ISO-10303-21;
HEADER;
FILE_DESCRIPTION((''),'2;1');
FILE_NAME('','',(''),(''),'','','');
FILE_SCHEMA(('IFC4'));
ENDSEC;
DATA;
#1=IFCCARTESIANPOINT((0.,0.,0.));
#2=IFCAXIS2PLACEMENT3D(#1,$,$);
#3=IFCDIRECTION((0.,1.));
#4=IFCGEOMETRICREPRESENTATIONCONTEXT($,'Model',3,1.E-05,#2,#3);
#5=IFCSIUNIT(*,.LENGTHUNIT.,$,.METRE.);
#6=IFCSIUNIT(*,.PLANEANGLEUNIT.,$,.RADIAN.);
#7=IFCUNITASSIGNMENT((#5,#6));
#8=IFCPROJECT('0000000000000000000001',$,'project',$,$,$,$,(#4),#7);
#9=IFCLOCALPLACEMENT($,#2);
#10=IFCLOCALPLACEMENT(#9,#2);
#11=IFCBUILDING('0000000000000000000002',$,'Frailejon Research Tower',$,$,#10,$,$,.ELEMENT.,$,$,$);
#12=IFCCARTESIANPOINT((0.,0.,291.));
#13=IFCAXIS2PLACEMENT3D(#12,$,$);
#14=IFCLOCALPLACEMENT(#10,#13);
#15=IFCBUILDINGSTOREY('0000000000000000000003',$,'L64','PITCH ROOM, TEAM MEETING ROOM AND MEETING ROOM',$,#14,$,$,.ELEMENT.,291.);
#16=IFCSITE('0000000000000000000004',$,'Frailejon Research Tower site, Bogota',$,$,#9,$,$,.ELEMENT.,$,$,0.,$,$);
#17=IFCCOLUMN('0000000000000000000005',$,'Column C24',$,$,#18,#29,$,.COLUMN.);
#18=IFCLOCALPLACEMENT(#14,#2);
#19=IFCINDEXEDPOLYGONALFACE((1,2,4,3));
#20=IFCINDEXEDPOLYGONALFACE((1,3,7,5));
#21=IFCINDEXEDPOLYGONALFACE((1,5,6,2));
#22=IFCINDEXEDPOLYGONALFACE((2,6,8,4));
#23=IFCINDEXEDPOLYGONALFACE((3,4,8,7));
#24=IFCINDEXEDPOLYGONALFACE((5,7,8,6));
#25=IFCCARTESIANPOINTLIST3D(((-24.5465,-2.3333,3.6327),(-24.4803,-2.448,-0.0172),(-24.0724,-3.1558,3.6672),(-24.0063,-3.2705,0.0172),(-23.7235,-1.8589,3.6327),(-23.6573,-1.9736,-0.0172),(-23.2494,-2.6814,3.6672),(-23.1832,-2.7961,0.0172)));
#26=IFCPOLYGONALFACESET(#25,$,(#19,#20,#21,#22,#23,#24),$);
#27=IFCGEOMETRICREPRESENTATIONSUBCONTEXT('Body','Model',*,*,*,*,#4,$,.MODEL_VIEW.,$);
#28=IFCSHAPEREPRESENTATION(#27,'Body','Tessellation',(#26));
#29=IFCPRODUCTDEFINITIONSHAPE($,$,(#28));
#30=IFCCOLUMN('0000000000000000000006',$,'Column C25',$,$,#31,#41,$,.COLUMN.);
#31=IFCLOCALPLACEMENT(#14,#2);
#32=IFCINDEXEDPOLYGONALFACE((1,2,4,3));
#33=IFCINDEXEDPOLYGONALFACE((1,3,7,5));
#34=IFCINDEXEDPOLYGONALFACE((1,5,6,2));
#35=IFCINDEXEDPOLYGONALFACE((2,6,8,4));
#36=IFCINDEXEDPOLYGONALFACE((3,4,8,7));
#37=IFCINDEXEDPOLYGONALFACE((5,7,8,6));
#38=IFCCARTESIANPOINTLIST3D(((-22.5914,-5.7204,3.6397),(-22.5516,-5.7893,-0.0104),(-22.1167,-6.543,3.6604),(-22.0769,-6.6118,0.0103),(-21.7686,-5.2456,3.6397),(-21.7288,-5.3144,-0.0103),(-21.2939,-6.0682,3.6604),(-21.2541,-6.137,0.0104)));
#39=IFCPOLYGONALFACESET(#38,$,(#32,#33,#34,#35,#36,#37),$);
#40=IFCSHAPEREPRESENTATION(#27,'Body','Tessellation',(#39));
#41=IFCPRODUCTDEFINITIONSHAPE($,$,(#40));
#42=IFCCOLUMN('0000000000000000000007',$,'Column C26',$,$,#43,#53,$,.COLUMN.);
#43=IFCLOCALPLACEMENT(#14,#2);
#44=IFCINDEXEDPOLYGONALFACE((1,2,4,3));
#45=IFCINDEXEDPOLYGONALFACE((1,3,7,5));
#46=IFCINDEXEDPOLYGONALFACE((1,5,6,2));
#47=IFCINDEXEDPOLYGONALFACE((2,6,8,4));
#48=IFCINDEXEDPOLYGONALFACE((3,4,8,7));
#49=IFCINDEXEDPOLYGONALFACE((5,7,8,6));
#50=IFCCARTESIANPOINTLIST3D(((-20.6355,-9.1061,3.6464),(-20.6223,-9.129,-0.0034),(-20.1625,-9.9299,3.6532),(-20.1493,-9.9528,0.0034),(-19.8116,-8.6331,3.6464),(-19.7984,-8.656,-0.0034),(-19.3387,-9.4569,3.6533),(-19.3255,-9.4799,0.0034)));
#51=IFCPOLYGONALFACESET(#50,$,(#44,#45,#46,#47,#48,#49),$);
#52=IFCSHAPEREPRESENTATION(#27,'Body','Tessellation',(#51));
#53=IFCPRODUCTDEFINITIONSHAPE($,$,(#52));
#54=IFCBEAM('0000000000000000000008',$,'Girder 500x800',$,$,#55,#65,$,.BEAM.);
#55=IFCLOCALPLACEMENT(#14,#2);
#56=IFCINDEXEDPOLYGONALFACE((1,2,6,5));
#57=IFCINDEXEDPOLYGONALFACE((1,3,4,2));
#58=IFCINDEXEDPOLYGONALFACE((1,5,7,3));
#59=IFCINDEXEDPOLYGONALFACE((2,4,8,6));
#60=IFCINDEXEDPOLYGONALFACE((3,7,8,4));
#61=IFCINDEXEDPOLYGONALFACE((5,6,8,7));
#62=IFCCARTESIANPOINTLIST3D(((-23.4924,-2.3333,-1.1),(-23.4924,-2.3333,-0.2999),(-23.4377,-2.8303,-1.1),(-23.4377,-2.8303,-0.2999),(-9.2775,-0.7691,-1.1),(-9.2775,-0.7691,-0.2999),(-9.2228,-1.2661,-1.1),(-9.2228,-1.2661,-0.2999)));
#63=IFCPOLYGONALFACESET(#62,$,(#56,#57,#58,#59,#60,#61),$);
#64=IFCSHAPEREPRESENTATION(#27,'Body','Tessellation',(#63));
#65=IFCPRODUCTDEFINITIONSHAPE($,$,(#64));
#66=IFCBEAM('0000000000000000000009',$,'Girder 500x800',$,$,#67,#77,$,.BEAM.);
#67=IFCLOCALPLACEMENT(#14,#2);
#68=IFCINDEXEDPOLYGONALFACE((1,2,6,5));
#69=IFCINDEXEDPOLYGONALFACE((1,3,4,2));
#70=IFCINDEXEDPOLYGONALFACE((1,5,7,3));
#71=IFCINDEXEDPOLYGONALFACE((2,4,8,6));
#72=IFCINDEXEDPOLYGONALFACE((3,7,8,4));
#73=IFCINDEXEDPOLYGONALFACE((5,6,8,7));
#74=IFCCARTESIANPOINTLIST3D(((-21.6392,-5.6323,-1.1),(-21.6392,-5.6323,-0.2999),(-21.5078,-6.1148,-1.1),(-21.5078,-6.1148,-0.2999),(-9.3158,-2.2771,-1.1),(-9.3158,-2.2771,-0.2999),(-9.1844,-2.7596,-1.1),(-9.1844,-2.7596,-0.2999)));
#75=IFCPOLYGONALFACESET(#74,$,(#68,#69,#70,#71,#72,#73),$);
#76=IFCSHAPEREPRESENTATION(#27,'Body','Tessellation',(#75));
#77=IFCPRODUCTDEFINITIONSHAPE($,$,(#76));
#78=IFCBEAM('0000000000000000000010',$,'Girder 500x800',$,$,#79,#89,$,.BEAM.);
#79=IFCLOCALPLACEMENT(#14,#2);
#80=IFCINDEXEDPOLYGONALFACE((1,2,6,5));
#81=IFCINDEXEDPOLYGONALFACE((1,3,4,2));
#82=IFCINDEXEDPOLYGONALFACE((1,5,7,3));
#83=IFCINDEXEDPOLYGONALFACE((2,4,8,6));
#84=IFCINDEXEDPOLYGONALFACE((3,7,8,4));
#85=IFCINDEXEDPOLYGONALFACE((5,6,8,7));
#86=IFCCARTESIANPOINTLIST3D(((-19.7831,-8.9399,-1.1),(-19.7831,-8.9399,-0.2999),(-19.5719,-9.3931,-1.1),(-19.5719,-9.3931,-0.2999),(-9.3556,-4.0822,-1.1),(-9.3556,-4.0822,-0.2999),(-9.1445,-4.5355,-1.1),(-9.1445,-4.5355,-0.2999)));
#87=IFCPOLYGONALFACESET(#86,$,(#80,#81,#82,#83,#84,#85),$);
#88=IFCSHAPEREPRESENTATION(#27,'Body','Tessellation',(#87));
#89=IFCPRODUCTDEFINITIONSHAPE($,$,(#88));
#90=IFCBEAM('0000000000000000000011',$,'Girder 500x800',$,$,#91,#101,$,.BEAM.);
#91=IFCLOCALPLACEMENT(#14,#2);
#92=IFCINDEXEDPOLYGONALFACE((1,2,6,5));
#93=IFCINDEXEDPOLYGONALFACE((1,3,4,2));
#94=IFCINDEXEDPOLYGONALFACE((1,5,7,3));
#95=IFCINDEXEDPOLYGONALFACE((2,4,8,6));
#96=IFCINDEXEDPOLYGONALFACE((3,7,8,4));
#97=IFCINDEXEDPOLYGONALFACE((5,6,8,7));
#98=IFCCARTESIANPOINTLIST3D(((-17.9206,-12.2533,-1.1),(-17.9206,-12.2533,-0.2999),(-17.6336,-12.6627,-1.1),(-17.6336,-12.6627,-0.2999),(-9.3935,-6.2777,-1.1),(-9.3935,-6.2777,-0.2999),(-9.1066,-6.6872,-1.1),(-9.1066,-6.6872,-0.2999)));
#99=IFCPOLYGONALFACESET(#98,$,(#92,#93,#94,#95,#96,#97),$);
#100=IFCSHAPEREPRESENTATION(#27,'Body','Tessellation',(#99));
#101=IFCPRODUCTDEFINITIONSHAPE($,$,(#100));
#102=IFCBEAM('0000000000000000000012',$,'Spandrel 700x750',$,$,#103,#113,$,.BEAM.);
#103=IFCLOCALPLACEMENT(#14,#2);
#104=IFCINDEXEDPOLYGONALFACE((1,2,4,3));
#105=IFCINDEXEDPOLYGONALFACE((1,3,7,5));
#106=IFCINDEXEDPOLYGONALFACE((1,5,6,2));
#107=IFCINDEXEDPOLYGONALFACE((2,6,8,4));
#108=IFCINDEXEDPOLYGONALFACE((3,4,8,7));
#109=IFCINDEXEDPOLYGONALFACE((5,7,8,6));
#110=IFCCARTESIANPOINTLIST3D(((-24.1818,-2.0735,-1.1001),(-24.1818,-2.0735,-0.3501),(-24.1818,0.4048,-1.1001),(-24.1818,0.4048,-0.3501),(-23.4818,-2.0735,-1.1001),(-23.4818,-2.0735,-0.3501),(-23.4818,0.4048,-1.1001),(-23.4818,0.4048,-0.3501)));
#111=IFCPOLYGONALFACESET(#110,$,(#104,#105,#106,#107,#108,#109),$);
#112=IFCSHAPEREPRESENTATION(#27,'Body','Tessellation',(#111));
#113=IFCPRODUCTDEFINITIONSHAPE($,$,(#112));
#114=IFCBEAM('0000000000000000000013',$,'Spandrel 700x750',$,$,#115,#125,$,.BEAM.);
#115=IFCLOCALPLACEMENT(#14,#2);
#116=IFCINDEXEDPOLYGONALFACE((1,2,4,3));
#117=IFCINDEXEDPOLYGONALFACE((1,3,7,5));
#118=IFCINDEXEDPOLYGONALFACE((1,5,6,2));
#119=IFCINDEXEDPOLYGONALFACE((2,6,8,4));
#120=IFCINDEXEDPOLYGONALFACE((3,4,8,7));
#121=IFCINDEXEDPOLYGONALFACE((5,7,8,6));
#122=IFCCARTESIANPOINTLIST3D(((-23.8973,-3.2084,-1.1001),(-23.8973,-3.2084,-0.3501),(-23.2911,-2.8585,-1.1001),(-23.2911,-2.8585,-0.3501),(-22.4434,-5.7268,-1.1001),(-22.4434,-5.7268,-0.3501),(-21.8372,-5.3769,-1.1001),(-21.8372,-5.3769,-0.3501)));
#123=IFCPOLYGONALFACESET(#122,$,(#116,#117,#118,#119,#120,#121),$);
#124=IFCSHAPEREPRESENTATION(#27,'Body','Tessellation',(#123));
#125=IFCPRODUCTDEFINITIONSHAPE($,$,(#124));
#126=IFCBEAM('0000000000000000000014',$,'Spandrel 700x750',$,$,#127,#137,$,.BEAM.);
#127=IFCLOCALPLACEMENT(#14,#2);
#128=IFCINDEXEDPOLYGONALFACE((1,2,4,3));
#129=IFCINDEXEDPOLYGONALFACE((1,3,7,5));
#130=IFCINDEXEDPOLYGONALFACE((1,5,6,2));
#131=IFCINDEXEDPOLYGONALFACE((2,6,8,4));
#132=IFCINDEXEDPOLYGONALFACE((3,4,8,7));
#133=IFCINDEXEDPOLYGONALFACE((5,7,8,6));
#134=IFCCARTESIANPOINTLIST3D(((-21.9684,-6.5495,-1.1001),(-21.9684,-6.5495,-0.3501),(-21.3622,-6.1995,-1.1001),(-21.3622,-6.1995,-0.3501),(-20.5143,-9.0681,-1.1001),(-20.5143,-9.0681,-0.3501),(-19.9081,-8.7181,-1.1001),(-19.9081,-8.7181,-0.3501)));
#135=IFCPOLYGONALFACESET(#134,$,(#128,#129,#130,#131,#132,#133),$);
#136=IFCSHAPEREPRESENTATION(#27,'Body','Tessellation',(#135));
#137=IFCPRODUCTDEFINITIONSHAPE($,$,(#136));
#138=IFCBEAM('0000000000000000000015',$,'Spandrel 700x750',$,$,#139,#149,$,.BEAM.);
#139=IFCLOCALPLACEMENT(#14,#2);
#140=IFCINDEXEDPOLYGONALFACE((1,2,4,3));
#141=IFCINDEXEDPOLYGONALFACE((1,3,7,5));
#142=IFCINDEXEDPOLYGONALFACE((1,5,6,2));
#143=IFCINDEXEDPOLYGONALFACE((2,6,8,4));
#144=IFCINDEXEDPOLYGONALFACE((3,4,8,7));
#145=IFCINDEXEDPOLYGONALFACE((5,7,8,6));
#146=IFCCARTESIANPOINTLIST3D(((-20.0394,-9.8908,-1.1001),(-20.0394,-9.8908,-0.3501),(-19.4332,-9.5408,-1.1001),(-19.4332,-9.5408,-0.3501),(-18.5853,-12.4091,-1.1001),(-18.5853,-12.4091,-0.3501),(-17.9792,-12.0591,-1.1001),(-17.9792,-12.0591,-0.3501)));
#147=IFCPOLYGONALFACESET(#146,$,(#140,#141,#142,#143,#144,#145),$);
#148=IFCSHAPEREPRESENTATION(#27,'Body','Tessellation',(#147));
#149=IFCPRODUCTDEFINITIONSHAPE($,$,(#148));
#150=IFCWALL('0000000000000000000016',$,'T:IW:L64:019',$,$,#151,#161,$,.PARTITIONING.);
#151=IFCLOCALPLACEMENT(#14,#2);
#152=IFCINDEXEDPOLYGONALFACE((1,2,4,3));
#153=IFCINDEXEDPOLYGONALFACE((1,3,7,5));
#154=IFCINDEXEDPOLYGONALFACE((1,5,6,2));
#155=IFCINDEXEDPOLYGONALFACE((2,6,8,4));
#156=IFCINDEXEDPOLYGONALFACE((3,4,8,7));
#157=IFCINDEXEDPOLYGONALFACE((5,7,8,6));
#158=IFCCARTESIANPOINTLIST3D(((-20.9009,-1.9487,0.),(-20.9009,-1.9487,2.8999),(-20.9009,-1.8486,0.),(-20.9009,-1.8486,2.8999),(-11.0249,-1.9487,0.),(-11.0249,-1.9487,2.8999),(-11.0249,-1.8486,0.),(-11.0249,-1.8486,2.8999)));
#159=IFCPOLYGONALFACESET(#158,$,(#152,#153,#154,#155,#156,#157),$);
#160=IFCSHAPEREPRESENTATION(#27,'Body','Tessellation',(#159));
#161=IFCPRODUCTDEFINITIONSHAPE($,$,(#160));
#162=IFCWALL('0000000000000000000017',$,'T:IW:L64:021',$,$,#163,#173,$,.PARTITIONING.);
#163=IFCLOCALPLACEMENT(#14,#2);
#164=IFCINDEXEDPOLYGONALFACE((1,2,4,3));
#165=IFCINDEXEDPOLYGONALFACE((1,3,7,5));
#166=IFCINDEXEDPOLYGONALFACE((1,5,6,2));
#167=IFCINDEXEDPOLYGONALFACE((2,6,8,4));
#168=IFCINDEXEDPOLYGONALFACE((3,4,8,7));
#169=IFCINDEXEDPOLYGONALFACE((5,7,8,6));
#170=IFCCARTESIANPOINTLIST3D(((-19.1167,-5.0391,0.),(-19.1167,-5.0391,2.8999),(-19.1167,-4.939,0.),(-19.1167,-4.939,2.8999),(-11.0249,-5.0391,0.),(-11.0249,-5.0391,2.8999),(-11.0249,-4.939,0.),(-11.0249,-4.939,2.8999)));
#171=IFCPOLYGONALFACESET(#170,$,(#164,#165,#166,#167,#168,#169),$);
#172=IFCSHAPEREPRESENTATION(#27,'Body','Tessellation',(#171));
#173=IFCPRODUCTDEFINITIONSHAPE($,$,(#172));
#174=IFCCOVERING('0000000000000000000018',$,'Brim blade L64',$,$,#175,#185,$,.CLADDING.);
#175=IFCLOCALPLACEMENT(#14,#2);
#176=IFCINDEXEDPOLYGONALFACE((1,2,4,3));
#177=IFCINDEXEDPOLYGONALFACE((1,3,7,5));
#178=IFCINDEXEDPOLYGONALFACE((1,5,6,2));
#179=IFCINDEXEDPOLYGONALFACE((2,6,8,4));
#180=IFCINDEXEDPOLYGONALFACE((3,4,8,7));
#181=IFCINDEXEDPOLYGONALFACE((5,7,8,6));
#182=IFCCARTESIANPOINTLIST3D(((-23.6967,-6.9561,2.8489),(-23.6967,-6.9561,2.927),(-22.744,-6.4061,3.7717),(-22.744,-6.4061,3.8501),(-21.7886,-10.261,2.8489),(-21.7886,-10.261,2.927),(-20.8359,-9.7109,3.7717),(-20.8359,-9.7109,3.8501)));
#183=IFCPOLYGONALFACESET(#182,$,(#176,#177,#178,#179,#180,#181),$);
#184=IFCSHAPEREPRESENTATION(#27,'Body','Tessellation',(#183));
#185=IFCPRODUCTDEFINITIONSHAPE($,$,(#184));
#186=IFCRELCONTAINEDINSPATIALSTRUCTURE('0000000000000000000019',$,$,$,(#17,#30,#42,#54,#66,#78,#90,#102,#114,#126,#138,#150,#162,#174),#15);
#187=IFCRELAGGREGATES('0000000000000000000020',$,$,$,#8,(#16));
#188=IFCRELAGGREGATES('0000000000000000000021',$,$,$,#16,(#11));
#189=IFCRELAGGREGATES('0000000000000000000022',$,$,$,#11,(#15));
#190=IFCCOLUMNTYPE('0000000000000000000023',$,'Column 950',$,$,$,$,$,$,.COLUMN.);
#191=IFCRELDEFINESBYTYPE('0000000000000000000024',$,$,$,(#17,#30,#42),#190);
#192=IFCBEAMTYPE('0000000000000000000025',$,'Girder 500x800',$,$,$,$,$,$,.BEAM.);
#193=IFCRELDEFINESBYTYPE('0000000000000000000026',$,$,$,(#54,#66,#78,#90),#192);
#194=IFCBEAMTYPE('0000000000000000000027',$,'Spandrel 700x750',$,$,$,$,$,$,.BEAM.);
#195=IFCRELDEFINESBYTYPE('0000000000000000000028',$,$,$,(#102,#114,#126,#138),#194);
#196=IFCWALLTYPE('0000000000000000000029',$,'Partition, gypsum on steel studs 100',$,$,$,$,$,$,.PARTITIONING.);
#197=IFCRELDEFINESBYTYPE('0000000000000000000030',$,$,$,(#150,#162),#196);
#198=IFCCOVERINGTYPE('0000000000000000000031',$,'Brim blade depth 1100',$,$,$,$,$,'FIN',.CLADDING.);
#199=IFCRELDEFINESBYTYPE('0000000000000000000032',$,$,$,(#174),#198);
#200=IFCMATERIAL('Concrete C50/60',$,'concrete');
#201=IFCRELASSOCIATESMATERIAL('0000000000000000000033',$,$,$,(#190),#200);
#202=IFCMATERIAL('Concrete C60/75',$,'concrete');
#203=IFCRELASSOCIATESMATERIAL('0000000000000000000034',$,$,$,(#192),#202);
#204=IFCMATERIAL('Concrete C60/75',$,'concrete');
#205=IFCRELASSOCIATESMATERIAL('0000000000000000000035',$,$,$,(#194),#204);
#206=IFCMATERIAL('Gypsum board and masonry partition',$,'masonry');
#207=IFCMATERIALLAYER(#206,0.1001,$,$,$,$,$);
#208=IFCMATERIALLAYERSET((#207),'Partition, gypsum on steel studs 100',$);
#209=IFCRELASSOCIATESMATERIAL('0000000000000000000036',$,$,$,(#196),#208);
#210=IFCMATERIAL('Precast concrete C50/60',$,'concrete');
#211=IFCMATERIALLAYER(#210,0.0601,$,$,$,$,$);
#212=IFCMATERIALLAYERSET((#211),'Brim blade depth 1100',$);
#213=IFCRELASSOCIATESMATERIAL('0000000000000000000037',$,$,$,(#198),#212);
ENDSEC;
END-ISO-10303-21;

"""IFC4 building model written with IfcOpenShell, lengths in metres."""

from ifc_helpers import new_model, si_unit, direction, frame, frame_2d, origin, origin_2d, place, context, subcontext, project, spatial, polyline, rectangle, outline, extrude, material, layer, layer_set, material_profile, profile_set, type_object, element, save


model = new_model("IFC4")

# Units and contexts
model_context = context("Model", 3, precision=1e-05, world=origin(), true_north=direction((0.0, 1.0)))
body_context = subcontext(model_context, "Body", "Model", "MODEL_VIEW")
ifc_project = project(units=[si_unit("LENGTHUNIT", "METRE"), si_unit("PLANEANGLEUNIT", "RADIAN")], contexts=[model_context])

# Site, building, storey
site_placement = place(None, origin())
site = spatial("IfcSite", under=ifc_project, at=site_placement, Name="Frailejon Research Tower site, Bogota", CompositionType="ELEMENT", RefElevation=0.0)
building_placement = place(site_placement, origin())
building = spatial("IfcBuilding", under=site, at=building_placement, Name="Frailejon Research Tower", CompositionType="ELEMENT")
storey_placement = place(building_placement, frame((0.0, 0.0, 291.0)))
storey = spatial("IfcBuildingStorey", under=building, at=storey_placement, Name="L64", Description="PITCH ROOM, TEAM MEETING ROOM AND MEETING ROOM", CompositionType="ELEMENT", Elevation=291.0)

# Columns
ifc_material_1 = material(Name="Concrete C50/60", Category="concrete")
ifc_material_profile_1 = material_profile(ifc_material_1, rectangle(XDim=0.95, YDim=0.95, at=origin_2d()), Name="Column 950")
ifc_profile_set_1 = profile_set([ifc_material_profile_1], Name="Concrete C50/60")
column_type = type_object("IfcColumnType", Name="Column 950", PredefinedType="COLUMN", material=ifc_profile_set_1)
column_1_placement = place(storey_placement, frame((-23.8318, -2.6221, 0.0), z_axis=(-0.018115, 0.031417, 0.999342), x_axis=(0.49904, -0.865819, 0.036266)))
element("IfcColumn", 1, at=column_1_placement, inside=storey, type_object=column_type, Name="Column C24", PredefinedType="COLUMN", context=body_context, shape_type="SweptSolid", body=[
    extrude(rectangle(XDim=0.95, YDim=0.95, at=origin_2d()), origin(), (0.0, 0.0, 1.0), 3.6523),
])
column_2_placement = place(storey_placement, frame((-21.9028, -5.9631, 0.0), z_axis=(-0.0109, 0.018858, 0.999763), x_axis=(0.499729, -0.865908, 0.021782)))
element("IfcColumn", 2, at=column_2_placement, inside=storey, type_object=column_type, Name="Column C25", PredefinedType="COLUMN", context=body_context, shape_type="SweptSolid", body=[
    extrude(rectangle(XDim=0.95, YDim=0.95, at=origin_2d()), origin(), (0.0, 0.0, 1.0), 3.6509),
])
column_3_placement = place(storey_placement, frame((-19.9739, -9.3044, 0.0), z_axis=(-0.003612, 0.006287, 0.999974), x_axis=(0.49789, -0.86721, 0.007251)))
element("IfcColumn", 3, at=column_3_placement, inside=storey, type_object=column_type, Name="Column C26", PredefinedType="COLUMN", context=body_context, shape_type="SweptSolid", body=[
    extrude(rectangle(XDim=0.95, YDim=0.95, at=origin_2d()), origin(), (0.0, 0.0, 1.0), 3.6499),
])

# Beams
ifc_material_2 = material(Name="Concrete C60/75", Category="concrete")
ifc_material_profile_2 = material_profile(ifc_material_2, rectangle(XDim=0.5, YDim=0.8, at=origin_2d()), Name="Girder 500x800")
ifc_profile_set_2 = profile_set([ifc_material_profile_2], Name="Concrete C60/75")
beam_type_1 = type_object("IfcBeamType", Name="Girder 500x800", PredefinedType="BEAM", material=ifc_profile_set_2)
beam_1_placement = place(storey_placement, frame((-23.4651, -2.5818, -0.7), z_axis=(0.994, 0.109378, 0.0), x_axis=(-0.109378, 0.994, 0.0)))
element("IfcBeam", 4, at=beam_1_placement, inside=storey, type_object=beam_type_1, Name="Girder 500x800", PredefinedType="BEAM", context=body_context, shape_type="SweptSolid", body=[
    extrude(rectangle(XDim=0.5, YDim=0.8, at=origin_2d()), origin(), (0.0, 0.0, 1.0), 14.3008),
])
beam_2_placement = place(storey_placement, frame((-21.5735, -5.8735, -0.7), z_axis=(0.964878, 0.2627, 0.0), x_axis=(-0.2627, 0.964878, 0.0)))
element("IfcBeam", 5, at=beam_2_placement, inside=storey, type_object=beam_type_1, Name="Girder 500x800", PredefinedType="BEAM", context=body_context, shape_type="SweptSolid", body=[
    extrude(rectangle(XDim=0.5, YDim=0.8, at=origin_2d()), origin(), (0.0, 0.0, 1.0), 12.772),
])
beam_3_placement = place(storey_placement, frame((-19.6775, -9.1665, -0.7), z_axis=(0.906466, 0.422279, 0.0), x_axis=(-0.422279, 0.906466, 0.0)))
element("IfcBeam", 6, at=beam_3_placement, inside=storey, type_object=beam_type_1, Name="Girder 500x800", PredefinedType="BEAM", context=body_context, shape_type="SweptSolid", body=[
    extrude(rectangle(XDim=0.5, YDim=0.8, at=origin_2d()), origin(), (0.0, 0.0, 1.0), 11.5034),
])
beam_4_placement = place(storey_placement, frame((-17.7771, -12.458, -0.7), z_axis=(0.818933, 0.573889, 0.0), x_axis=(-0.573889, 0.818933, 0.0)))
element("IfcBeam", 7, at=beam_4_placement, inside=storey, type_object=beam_type_1, Name="Girder 500x800", PredefinedType="BEAM", context=body_context, shape_type="SweptSolid", body=[
    extrude(rectangle(XDim=0.5, YDim=0.8, at=origin_2d()), origin(), (0.0, 0.0, 1.0), 10.4124),
])
ifc_material_3 = material(Name="Concrete C60/75", Category="concrete")
ifc_material_profile_3 = material_profile(ifc_material_3, rectangle(XDim=0.7, YDim=0.75, at=origin_2d()), Name="Spandrel 700x750")
ifc_profile_set_3 = profile_set([ifc_material_profile_3], Name="Concrete C60/75")
beam_type_2 = type_object("IfcBeamType", Name="Spandrel 700x750", PredefinedType="BEAM", material=ifc_profile_set_3)
beam_5_placement = place(storey_placement, frame((-23.8318, 0.4048, -0.7251), z_axis=(0.0, -1.0, 0.0), x_axis=(1.0, 0.0, 0.0)))
element("IfcBeam", 8, at=beam_5_placement, inside=storey, type_object=beam_type_2, Name="Spandrel 700x750", PredefinedType="BEAM", context=body_context, shape_type="SweptSolid", body=[
    extrude(rectangle(XDim=0.7, YDim=0.75, at=origin_2d()), origin(), (0.0, 0.0, 1.0), 2.4783),
])
beam_6_placement = place(storey_placement, frame((-23.5942, -3.0334, -0.7251), z_axis=(0.499977, -0.866039, 0.0), x_axis=(0.866039, 0.499977, 0.0)))
element("IfcBeam", 9, at=beam_6_placement, inside=storey, type_object=beam_type_2, Name="Spandrel 700x750", PredefinedType="BEAM", context=body_context, shape_type="SweptSolid", body=[
    extrude(rectangle(XDim=0.7, YDim=0.75, at=origin_2d()), origin(), (0.0, 0.0, 1.0), 2.908),
])
beam_7_placement = place(storey_placement, frame((-21.6653, -6.3745, -0.7251), z_axis=(0.500003, -0.866023, 0.0), x_axis=(0.866023, 0.500003, 0.0)))
element("IfcBeam", 10, at=beam_7_placement, inside=storey, type_object=beam_type_2, Name="Spandrel 700x750", PredefinedType="BEAM", context=body_context, shape_type="SweptSolid", body=[
    extrude(rectangle(XDim=0.7, YDim=0.75, at=origin_2d()), origin(), (0.0, 0.0, 1.0), 2.9082),
])
beam_8_placement = place(storey_placement, frame((-19.7363, -9.7158, -0.7251), z_axis=(0.50004, -0.866002, 0.0), x_axis=(0.866002, 0.50004, 0.0)))
element("IfcBeam", 11, at=beam_8_placement, inside=storey, type_object=beam_type_2, Name="Spandrel 700x750", PredefinedType="BEAM", context=body_context, shape_type="SweptSolid", body=[
    extrude(rectangle(XDim=0.7, YDim=0.75, at=origin_2d()), origin(), (0.0, 0.0, 1.0), 2.908),
])

# Walls
ifc_material_4 = material(Name="Gypsum board and masonry partition", Category="masonry")
ifc_layer_1 = layer(ifc_material_4, 0.1001)
ifc_layer_set_1 = layer_set([ifc_layer_1], Name="Partition, gypsum on steel studs 100")
wall_type_1 = type_object("IfcWallType", Name="Partition, gypsum on steel studs 100", PredefinedType="PARTITIONING", material=ifc_layer_set_1)
wall_1_placement = place(storey_placement, frame((-20.9009, -1.8987, 0.0), z_axis=(0.0, 0.0, 1.0), x_axis=(1.0, 0.0, 0.0)))
element("IfcWall", 12, at=wall_1_placement, inside=storey, type_object=wall_type_1, Name="T:IW:L64:019", PredefinedType="PARTITIONING", context=body_context, shape_type="SweptSolid", body=[
    extrude(rectangle(XDim=9.876, YDim=0.1001, at=frame_2d((4.938, 0.0))), origin(), (0.0, 0.0, 1.0), 2.8999),
])
wall_2_placement = place(storey_placement, frame((-19.1167, -4.989, 0.0), z_axis=(0.0, 0.0, 1.0), x_axis=(1.0, 0.0, 0.0)))
element("IfcWall", 13, at=wall_2_placement, inside=storey, type_object=wall_type_1, Name="T:IW:L64:021", PredefinedType="PARTITIONING", context=body_context, shape_type="SweptSolid", body=[
    extrude(rectangle(XDim=8.0918, YDim=0.1001, at=frame_2d((4.0459, 0.0))), origin(), (0.0, 0.0, 1.0), 2.8999),
])

# Covering
ifc_material_5 = material(Name="Precast concrete C50/60", Category="concrete")
ifc_layer_2 = layer(ifc_material_5, 0.0601)
ifc_layer_set_2 = layer_set([ifc_layer_2], Name="Brim blade depth 1100")
covering_type_1 = type_object("IfcCoveringType", Name="Brim blade depth 1100", ElementType="FIN", PredefinedType="CLADDING", material=ifc_layer_set_2)
covering_1_placement = place(storey_placement, frame((-20.8359, -9.7109, 3.8501), z_axis=(-0.500003, 0.866024, 0.0), x_axis=(-0.866024, -0.500003, 0.0)))
element("IfcCovering", 14, at=covering_1_placement, inside=storey, type_object=covering_type_1, Name="Brim blade L64", PredefinedType="CLADDING", context=body_context, shape_type="SweptSolid", body=[
    extrude(outline(polyline([(0.0, -0.0784), (1.1001, -1.0012), (1.1001, -0.9231), (0.0, 0.0), (0.0, -0.0784)])), origin(), (0.0, 0.0, 1.0), 3.8162),
])

save(model, "model.ifc")
